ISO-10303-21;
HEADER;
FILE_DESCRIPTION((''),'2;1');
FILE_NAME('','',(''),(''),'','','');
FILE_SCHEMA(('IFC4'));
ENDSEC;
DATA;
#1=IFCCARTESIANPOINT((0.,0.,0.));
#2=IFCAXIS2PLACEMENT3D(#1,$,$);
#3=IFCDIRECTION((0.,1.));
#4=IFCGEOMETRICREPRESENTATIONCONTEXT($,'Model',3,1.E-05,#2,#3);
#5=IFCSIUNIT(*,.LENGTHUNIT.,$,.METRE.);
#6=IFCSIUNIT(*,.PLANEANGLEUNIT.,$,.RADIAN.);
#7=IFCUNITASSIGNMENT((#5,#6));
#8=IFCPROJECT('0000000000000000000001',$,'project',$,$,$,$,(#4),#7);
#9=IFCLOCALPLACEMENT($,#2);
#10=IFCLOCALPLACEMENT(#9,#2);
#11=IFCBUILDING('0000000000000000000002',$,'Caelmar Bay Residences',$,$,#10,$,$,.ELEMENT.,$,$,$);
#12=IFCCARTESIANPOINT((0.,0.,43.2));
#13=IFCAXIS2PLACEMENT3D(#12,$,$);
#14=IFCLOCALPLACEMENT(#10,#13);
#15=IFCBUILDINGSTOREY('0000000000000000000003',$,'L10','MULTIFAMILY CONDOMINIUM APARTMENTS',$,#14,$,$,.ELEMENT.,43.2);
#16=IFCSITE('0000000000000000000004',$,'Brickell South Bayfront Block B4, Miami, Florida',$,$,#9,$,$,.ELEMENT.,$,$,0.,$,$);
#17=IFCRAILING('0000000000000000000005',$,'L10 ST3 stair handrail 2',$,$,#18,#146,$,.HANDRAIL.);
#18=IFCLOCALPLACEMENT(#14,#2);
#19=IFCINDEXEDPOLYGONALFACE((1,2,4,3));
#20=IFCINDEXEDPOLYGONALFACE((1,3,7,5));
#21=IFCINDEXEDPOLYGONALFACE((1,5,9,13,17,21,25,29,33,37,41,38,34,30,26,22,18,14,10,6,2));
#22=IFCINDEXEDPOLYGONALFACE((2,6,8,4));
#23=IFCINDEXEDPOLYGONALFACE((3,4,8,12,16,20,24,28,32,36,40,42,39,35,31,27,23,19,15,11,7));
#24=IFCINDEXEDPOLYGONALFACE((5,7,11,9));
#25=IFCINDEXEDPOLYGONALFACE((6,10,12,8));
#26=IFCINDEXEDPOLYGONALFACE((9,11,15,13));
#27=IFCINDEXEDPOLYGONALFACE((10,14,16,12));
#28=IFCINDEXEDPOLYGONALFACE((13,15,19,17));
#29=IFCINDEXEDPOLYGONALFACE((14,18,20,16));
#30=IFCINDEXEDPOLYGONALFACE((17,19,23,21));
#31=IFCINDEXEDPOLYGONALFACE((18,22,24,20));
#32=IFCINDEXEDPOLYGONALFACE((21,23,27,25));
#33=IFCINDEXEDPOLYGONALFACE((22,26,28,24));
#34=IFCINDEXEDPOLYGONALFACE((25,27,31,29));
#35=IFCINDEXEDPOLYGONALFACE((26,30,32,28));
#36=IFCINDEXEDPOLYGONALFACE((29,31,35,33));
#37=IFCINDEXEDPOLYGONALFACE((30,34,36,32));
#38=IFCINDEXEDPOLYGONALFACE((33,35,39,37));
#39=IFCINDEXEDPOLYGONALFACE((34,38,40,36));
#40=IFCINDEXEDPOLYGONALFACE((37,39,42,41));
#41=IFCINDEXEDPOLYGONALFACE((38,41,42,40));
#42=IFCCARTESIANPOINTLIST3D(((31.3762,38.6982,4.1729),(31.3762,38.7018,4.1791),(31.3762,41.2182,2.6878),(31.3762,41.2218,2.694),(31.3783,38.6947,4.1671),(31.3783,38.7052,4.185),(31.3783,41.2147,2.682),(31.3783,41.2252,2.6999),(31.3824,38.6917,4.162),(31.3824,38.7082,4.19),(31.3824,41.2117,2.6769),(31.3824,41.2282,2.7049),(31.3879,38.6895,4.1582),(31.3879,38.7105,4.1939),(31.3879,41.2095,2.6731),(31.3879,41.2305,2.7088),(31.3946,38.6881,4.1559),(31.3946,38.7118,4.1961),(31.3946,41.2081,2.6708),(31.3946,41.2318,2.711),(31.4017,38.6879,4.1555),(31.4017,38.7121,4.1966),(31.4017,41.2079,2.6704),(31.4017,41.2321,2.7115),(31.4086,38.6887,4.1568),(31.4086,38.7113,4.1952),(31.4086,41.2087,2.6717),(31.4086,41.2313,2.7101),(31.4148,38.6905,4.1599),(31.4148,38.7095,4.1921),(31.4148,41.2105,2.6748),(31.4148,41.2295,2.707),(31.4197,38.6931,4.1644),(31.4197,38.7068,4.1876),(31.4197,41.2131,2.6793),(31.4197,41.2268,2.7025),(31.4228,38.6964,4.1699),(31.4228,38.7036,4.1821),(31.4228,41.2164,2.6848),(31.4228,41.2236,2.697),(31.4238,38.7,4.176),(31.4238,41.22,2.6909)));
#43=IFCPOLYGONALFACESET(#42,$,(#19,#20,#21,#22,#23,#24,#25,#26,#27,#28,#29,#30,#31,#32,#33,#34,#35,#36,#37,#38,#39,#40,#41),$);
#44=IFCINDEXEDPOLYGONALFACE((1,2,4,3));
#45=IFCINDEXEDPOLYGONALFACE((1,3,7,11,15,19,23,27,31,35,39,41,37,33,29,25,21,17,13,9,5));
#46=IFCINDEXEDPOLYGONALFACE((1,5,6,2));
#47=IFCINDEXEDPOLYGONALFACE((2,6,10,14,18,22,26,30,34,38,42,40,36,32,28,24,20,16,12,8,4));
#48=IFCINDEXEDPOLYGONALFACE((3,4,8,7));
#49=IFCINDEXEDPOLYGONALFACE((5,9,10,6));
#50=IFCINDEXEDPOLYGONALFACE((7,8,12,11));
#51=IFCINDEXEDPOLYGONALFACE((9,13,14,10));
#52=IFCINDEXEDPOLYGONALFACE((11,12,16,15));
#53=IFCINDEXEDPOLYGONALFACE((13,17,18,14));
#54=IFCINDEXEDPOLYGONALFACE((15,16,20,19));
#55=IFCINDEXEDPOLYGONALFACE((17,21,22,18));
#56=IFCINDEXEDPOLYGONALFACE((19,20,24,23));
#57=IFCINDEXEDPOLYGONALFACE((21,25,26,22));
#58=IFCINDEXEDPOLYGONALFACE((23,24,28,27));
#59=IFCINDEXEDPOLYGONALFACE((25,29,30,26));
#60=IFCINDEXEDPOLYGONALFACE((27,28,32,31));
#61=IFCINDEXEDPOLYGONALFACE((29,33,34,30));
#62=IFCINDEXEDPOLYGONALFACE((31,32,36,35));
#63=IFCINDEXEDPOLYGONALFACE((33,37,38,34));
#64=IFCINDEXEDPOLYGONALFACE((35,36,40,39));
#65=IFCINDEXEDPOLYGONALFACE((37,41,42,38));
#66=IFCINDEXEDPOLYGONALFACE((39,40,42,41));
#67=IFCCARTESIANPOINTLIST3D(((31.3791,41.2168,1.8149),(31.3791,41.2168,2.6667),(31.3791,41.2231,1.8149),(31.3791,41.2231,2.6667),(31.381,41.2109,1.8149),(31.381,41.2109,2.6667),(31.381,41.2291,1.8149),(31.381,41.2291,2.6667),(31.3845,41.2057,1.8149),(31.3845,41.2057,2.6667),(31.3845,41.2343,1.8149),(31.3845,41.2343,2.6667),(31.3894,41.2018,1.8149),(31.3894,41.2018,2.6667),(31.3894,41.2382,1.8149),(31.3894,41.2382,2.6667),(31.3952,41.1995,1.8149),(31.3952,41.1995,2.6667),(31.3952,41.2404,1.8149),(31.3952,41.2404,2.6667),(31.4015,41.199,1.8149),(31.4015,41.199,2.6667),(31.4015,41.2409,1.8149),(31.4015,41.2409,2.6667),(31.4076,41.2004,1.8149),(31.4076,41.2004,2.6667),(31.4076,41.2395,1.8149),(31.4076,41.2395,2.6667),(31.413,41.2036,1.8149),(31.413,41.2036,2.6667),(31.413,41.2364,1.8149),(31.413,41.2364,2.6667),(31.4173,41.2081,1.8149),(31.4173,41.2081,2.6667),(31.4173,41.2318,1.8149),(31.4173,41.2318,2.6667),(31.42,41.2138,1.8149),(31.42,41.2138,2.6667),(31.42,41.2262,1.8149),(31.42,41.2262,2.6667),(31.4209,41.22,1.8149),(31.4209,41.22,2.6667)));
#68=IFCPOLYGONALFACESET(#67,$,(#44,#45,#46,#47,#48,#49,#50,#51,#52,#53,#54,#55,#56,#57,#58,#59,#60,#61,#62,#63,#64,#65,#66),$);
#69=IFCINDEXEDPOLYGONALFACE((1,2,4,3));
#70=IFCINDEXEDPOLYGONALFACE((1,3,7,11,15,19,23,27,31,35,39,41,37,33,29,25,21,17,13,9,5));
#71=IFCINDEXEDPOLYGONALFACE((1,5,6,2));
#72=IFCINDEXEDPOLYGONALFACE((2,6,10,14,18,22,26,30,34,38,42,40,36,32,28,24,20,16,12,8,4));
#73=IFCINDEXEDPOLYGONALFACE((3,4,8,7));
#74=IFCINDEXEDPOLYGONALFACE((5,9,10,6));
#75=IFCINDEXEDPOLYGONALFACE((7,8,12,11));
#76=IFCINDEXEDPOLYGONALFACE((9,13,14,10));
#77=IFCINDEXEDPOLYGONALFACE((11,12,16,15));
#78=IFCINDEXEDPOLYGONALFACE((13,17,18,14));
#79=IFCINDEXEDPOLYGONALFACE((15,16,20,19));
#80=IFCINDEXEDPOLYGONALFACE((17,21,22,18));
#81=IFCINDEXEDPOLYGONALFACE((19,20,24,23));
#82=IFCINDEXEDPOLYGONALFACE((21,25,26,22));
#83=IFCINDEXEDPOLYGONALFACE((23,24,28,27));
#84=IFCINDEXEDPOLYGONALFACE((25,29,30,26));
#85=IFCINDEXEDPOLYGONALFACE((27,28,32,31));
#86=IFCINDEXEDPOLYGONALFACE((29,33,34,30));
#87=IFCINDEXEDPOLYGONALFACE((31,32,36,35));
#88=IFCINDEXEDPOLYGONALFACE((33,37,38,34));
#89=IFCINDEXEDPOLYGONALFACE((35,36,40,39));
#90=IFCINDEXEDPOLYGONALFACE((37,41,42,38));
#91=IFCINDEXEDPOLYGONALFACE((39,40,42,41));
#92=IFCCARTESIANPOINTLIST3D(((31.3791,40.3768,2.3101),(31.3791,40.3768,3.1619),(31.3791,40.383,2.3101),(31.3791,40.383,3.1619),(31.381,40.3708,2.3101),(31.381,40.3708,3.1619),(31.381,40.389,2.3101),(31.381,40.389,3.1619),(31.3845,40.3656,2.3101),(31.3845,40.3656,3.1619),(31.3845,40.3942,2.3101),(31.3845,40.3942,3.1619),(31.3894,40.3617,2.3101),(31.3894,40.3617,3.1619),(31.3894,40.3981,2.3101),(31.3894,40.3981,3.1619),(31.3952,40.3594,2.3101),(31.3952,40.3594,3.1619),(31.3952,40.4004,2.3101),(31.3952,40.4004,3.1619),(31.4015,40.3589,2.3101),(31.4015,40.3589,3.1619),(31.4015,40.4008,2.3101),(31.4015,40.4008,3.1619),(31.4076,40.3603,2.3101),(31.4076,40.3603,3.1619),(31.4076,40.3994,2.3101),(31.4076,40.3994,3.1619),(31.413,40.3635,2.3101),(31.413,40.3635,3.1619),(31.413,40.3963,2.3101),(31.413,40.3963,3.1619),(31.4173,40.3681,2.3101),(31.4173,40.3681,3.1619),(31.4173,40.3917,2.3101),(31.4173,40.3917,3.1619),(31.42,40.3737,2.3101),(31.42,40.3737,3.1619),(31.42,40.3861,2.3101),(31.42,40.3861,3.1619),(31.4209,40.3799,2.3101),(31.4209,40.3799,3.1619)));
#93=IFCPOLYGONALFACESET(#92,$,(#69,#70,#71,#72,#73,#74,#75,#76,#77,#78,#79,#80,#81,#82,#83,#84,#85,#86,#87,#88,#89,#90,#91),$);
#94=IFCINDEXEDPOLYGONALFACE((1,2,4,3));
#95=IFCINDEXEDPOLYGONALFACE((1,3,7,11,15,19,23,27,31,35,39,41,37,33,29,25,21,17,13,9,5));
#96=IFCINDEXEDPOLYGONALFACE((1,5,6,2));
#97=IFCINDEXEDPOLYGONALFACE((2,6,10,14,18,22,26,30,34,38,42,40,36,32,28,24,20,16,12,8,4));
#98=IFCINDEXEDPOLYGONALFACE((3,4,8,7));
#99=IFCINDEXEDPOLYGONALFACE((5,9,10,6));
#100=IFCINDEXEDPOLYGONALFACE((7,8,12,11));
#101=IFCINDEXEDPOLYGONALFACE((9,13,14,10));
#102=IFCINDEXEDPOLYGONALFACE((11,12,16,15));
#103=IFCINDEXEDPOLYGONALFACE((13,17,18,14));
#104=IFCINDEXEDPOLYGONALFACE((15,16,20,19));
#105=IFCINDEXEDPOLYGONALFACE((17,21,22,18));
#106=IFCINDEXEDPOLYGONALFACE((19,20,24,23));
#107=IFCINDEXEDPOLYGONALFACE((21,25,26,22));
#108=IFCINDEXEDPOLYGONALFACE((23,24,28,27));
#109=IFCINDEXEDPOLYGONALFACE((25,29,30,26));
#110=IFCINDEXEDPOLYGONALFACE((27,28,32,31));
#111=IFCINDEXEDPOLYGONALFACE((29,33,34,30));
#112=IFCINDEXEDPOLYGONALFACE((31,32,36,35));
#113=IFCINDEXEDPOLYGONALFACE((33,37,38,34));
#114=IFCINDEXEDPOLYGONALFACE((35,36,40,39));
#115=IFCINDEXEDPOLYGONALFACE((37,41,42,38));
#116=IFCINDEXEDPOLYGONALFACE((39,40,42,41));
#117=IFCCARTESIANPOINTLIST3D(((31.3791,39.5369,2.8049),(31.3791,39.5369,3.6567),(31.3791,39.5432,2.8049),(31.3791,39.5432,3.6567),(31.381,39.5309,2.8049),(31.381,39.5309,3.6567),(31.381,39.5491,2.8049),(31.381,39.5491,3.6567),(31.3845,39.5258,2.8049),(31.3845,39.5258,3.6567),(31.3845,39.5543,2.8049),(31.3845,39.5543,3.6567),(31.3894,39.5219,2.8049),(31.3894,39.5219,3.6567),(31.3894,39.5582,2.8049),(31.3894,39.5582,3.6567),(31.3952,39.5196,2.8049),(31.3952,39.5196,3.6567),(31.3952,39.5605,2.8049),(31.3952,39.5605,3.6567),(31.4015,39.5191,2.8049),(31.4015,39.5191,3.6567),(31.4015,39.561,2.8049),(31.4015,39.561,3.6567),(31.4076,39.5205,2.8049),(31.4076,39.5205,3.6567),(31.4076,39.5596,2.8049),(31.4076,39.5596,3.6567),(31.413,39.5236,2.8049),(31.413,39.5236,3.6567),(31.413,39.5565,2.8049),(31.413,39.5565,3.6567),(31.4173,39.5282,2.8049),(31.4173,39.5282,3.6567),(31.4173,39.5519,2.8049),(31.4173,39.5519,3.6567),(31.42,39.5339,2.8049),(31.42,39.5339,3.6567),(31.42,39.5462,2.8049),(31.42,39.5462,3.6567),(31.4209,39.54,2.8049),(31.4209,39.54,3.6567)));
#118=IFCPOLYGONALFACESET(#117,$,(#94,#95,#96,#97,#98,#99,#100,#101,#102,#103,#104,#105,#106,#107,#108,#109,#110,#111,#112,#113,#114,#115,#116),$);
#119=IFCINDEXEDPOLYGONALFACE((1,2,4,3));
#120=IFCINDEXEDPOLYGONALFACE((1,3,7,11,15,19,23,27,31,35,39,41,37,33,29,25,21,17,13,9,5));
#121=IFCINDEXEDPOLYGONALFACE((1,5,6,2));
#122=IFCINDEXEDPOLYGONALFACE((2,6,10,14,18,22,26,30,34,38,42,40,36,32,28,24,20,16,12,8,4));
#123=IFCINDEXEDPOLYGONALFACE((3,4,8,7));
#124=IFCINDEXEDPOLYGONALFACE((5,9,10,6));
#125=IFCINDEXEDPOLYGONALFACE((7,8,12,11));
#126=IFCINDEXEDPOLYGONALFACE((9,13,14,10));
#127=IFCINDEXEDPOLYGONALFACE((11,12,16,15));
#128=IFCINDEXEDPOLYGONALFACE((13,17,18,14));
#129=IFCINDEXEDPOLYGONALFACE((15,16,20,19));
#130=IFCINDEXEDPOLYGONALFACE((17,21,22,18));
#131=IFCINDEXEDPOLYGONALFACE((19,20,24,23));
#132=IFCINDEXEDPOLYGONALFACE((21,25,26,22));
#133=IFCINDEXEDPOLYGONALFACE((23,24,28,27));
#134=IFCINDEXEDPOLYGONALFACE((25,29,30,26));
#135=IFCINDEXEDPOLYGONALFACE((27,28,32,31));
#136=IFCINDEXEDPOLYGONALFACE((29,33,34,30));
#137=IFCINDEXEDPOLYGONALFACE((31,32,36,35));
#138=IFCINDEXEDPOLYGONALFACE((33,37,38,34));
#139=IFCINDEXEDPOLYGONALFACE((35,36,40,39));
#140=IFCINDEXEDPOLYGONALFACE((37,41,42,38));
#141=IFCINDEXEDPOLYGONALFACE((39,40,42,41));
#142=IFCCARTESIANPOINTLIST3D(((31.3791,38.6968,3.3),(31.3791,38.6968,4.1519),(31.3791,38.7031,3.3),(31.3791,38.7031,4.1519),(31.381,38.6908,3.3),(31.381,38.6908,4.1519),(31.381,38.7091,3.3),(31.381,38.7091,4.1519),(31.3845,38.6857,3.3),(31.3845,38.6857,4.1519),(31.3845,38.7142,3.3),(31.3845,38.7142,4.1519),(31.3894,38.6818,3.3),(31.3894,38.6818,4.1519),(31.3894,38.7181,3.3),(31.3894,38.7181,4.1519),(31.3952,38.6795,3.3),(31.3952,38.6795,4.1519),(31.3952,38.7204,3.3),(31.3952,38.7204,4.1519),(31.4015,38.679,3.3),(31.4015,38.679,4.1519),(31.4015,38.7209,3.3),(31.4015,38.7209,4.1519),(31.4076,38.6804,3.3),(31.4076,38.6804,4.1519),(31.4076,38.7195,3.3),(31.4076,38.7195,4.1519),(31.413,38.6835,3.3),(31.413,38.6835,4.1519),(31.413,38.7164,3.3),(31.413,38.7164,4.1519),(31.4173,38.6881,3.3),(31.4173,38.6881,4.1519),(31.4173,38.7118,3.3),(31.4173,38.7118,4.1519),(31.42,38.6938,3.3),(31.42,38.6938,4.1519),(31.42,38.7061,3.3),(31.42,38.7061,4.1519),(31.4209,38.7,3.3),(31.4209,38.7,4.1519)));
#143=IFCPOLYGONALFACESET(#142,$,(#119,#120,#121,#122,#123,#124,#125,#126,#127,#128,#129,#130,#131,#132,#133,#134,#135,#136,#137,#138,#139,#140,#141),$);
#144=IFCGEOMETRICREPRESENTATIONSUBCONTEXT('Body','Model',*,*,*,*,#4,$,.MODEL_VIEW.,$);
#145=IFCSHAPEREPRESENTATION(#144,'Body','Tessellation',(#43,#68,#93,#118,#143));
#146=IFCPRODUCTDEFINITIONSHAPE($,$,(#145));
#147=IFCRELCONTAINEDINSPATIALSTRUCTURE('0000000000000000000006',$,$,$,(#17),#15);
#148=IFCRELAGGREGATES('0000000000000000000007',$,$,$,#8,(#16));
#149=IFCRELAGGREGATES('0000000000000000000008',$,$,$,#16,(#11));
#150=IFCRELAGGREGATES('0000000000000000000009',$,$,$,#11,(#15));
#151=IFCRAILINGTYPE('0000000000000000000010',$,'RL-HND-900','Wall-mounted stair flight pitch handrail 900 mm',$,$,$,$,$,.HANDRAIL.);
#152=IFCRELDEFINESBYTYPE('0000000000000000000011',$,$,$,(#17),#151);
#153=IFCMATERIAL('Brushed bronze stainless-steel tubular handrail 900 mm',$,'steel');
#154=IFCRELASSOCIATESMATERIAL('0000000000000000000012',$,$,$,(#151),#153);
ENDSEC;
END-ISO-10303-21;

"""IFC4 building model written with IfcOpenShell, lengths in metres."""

from ifc_helpers import new_model, si_unit, direction, frame, origin, origin_2d, place, context, subcontext, project, spatial, circle, extrude, material, type_object, element, save


model = new_model("IFC4")

# Units and contexts
model_context = context("Model", 3, precision=1e-05, world=origin(), true_north=direction((0.0, 1.0)))
body_context = subcontext(model_context, "Body", "Model", "MODEL_VIEW")
ifc_project = project(units=[si_unit("LENGTHUNIT", "METRE"), si_unit("PLANEANGLEUNIT", "RADIAN")], contexts=[model_context])

# Site, building, storey
site_placement = place(None, origin())
site = spatial("IfcSite", under=ifc_project, at=site_placement, Name="Brickell South Bayfront Block B4, Miami, Florida", CompositionType="ELEMENT", RefElevation=0.0)
building_placement = place(site_placement, origin())
building = spatial("IfcBuilding", under=site, at=building_placement, Name="Caelmar Bay Residences", CompositionType="ELEMENT")
storey_placement = place(building_placement, frame((0.0, 0.0, 43.2)))
storey = spatial("IfcBuildingStorey", under=building, at=storey_placement, Name="L10", Description="MULTIFAMILY CONDOMINIUM APARTMENTS", CompositionType="ELEMENT", Elevation=43.2)

# Railing
ifc_material_1 = material(Name="Brushed bronze stainless-steel tubular handrail 900 mm", Category="steel")
railing_type_1 = type_object("IfcRailingType", Name="RL-HND-900", Description="Wall-mounted stair flight pitch handrail 900 mm", PredefinedType="HANDRAIL", material=ifc_material_1)
railing_1_placement = place(storey_placement, frame((31.3999, 41.22, 1.8149)))
element("IfcRailing", 1, at=railing_1_placement, inside=storey, type_object=railing_type_1, Name="L10 ST3 stair handrail 2", PredefinedType="HANDRAIL", context=body_context, shape_type="SweptSolid", body=[
    extrude(circle(Radius=0.0239, at=origin_2d()), frame((0.0, 0.0, 0.876), z_axis=(0.0, -0.861524, 0.507717), x_axis=(1.0, 0.0, 0.0)), (0.0, 0.0, 1.0), 2.925),
    extrude(circle(Radius=0.021, at=origin_2d()), origin(), (0.0, 0.0, 1.0), 0.8518),
    extrude(circle(Radius=0.021, at=origin_2d()), frame((0.0, -0.8401, 0.4951)), (0.0, 0.0, 1.0), 0.8518),
    extrude(circle(Radius=0.021, at=origin_2d()), frame((0.0, -1.6799, 0.99)), (0.0, 0.0, 1.0), 0.8518),
    extrude(circle(Radius=0.021, at=origin_2d()), frame((0.0, -2.52, 1.4851)), (0.0, 0.0, 1.0), 0.8518),
])

save(model, "model.ifc")
